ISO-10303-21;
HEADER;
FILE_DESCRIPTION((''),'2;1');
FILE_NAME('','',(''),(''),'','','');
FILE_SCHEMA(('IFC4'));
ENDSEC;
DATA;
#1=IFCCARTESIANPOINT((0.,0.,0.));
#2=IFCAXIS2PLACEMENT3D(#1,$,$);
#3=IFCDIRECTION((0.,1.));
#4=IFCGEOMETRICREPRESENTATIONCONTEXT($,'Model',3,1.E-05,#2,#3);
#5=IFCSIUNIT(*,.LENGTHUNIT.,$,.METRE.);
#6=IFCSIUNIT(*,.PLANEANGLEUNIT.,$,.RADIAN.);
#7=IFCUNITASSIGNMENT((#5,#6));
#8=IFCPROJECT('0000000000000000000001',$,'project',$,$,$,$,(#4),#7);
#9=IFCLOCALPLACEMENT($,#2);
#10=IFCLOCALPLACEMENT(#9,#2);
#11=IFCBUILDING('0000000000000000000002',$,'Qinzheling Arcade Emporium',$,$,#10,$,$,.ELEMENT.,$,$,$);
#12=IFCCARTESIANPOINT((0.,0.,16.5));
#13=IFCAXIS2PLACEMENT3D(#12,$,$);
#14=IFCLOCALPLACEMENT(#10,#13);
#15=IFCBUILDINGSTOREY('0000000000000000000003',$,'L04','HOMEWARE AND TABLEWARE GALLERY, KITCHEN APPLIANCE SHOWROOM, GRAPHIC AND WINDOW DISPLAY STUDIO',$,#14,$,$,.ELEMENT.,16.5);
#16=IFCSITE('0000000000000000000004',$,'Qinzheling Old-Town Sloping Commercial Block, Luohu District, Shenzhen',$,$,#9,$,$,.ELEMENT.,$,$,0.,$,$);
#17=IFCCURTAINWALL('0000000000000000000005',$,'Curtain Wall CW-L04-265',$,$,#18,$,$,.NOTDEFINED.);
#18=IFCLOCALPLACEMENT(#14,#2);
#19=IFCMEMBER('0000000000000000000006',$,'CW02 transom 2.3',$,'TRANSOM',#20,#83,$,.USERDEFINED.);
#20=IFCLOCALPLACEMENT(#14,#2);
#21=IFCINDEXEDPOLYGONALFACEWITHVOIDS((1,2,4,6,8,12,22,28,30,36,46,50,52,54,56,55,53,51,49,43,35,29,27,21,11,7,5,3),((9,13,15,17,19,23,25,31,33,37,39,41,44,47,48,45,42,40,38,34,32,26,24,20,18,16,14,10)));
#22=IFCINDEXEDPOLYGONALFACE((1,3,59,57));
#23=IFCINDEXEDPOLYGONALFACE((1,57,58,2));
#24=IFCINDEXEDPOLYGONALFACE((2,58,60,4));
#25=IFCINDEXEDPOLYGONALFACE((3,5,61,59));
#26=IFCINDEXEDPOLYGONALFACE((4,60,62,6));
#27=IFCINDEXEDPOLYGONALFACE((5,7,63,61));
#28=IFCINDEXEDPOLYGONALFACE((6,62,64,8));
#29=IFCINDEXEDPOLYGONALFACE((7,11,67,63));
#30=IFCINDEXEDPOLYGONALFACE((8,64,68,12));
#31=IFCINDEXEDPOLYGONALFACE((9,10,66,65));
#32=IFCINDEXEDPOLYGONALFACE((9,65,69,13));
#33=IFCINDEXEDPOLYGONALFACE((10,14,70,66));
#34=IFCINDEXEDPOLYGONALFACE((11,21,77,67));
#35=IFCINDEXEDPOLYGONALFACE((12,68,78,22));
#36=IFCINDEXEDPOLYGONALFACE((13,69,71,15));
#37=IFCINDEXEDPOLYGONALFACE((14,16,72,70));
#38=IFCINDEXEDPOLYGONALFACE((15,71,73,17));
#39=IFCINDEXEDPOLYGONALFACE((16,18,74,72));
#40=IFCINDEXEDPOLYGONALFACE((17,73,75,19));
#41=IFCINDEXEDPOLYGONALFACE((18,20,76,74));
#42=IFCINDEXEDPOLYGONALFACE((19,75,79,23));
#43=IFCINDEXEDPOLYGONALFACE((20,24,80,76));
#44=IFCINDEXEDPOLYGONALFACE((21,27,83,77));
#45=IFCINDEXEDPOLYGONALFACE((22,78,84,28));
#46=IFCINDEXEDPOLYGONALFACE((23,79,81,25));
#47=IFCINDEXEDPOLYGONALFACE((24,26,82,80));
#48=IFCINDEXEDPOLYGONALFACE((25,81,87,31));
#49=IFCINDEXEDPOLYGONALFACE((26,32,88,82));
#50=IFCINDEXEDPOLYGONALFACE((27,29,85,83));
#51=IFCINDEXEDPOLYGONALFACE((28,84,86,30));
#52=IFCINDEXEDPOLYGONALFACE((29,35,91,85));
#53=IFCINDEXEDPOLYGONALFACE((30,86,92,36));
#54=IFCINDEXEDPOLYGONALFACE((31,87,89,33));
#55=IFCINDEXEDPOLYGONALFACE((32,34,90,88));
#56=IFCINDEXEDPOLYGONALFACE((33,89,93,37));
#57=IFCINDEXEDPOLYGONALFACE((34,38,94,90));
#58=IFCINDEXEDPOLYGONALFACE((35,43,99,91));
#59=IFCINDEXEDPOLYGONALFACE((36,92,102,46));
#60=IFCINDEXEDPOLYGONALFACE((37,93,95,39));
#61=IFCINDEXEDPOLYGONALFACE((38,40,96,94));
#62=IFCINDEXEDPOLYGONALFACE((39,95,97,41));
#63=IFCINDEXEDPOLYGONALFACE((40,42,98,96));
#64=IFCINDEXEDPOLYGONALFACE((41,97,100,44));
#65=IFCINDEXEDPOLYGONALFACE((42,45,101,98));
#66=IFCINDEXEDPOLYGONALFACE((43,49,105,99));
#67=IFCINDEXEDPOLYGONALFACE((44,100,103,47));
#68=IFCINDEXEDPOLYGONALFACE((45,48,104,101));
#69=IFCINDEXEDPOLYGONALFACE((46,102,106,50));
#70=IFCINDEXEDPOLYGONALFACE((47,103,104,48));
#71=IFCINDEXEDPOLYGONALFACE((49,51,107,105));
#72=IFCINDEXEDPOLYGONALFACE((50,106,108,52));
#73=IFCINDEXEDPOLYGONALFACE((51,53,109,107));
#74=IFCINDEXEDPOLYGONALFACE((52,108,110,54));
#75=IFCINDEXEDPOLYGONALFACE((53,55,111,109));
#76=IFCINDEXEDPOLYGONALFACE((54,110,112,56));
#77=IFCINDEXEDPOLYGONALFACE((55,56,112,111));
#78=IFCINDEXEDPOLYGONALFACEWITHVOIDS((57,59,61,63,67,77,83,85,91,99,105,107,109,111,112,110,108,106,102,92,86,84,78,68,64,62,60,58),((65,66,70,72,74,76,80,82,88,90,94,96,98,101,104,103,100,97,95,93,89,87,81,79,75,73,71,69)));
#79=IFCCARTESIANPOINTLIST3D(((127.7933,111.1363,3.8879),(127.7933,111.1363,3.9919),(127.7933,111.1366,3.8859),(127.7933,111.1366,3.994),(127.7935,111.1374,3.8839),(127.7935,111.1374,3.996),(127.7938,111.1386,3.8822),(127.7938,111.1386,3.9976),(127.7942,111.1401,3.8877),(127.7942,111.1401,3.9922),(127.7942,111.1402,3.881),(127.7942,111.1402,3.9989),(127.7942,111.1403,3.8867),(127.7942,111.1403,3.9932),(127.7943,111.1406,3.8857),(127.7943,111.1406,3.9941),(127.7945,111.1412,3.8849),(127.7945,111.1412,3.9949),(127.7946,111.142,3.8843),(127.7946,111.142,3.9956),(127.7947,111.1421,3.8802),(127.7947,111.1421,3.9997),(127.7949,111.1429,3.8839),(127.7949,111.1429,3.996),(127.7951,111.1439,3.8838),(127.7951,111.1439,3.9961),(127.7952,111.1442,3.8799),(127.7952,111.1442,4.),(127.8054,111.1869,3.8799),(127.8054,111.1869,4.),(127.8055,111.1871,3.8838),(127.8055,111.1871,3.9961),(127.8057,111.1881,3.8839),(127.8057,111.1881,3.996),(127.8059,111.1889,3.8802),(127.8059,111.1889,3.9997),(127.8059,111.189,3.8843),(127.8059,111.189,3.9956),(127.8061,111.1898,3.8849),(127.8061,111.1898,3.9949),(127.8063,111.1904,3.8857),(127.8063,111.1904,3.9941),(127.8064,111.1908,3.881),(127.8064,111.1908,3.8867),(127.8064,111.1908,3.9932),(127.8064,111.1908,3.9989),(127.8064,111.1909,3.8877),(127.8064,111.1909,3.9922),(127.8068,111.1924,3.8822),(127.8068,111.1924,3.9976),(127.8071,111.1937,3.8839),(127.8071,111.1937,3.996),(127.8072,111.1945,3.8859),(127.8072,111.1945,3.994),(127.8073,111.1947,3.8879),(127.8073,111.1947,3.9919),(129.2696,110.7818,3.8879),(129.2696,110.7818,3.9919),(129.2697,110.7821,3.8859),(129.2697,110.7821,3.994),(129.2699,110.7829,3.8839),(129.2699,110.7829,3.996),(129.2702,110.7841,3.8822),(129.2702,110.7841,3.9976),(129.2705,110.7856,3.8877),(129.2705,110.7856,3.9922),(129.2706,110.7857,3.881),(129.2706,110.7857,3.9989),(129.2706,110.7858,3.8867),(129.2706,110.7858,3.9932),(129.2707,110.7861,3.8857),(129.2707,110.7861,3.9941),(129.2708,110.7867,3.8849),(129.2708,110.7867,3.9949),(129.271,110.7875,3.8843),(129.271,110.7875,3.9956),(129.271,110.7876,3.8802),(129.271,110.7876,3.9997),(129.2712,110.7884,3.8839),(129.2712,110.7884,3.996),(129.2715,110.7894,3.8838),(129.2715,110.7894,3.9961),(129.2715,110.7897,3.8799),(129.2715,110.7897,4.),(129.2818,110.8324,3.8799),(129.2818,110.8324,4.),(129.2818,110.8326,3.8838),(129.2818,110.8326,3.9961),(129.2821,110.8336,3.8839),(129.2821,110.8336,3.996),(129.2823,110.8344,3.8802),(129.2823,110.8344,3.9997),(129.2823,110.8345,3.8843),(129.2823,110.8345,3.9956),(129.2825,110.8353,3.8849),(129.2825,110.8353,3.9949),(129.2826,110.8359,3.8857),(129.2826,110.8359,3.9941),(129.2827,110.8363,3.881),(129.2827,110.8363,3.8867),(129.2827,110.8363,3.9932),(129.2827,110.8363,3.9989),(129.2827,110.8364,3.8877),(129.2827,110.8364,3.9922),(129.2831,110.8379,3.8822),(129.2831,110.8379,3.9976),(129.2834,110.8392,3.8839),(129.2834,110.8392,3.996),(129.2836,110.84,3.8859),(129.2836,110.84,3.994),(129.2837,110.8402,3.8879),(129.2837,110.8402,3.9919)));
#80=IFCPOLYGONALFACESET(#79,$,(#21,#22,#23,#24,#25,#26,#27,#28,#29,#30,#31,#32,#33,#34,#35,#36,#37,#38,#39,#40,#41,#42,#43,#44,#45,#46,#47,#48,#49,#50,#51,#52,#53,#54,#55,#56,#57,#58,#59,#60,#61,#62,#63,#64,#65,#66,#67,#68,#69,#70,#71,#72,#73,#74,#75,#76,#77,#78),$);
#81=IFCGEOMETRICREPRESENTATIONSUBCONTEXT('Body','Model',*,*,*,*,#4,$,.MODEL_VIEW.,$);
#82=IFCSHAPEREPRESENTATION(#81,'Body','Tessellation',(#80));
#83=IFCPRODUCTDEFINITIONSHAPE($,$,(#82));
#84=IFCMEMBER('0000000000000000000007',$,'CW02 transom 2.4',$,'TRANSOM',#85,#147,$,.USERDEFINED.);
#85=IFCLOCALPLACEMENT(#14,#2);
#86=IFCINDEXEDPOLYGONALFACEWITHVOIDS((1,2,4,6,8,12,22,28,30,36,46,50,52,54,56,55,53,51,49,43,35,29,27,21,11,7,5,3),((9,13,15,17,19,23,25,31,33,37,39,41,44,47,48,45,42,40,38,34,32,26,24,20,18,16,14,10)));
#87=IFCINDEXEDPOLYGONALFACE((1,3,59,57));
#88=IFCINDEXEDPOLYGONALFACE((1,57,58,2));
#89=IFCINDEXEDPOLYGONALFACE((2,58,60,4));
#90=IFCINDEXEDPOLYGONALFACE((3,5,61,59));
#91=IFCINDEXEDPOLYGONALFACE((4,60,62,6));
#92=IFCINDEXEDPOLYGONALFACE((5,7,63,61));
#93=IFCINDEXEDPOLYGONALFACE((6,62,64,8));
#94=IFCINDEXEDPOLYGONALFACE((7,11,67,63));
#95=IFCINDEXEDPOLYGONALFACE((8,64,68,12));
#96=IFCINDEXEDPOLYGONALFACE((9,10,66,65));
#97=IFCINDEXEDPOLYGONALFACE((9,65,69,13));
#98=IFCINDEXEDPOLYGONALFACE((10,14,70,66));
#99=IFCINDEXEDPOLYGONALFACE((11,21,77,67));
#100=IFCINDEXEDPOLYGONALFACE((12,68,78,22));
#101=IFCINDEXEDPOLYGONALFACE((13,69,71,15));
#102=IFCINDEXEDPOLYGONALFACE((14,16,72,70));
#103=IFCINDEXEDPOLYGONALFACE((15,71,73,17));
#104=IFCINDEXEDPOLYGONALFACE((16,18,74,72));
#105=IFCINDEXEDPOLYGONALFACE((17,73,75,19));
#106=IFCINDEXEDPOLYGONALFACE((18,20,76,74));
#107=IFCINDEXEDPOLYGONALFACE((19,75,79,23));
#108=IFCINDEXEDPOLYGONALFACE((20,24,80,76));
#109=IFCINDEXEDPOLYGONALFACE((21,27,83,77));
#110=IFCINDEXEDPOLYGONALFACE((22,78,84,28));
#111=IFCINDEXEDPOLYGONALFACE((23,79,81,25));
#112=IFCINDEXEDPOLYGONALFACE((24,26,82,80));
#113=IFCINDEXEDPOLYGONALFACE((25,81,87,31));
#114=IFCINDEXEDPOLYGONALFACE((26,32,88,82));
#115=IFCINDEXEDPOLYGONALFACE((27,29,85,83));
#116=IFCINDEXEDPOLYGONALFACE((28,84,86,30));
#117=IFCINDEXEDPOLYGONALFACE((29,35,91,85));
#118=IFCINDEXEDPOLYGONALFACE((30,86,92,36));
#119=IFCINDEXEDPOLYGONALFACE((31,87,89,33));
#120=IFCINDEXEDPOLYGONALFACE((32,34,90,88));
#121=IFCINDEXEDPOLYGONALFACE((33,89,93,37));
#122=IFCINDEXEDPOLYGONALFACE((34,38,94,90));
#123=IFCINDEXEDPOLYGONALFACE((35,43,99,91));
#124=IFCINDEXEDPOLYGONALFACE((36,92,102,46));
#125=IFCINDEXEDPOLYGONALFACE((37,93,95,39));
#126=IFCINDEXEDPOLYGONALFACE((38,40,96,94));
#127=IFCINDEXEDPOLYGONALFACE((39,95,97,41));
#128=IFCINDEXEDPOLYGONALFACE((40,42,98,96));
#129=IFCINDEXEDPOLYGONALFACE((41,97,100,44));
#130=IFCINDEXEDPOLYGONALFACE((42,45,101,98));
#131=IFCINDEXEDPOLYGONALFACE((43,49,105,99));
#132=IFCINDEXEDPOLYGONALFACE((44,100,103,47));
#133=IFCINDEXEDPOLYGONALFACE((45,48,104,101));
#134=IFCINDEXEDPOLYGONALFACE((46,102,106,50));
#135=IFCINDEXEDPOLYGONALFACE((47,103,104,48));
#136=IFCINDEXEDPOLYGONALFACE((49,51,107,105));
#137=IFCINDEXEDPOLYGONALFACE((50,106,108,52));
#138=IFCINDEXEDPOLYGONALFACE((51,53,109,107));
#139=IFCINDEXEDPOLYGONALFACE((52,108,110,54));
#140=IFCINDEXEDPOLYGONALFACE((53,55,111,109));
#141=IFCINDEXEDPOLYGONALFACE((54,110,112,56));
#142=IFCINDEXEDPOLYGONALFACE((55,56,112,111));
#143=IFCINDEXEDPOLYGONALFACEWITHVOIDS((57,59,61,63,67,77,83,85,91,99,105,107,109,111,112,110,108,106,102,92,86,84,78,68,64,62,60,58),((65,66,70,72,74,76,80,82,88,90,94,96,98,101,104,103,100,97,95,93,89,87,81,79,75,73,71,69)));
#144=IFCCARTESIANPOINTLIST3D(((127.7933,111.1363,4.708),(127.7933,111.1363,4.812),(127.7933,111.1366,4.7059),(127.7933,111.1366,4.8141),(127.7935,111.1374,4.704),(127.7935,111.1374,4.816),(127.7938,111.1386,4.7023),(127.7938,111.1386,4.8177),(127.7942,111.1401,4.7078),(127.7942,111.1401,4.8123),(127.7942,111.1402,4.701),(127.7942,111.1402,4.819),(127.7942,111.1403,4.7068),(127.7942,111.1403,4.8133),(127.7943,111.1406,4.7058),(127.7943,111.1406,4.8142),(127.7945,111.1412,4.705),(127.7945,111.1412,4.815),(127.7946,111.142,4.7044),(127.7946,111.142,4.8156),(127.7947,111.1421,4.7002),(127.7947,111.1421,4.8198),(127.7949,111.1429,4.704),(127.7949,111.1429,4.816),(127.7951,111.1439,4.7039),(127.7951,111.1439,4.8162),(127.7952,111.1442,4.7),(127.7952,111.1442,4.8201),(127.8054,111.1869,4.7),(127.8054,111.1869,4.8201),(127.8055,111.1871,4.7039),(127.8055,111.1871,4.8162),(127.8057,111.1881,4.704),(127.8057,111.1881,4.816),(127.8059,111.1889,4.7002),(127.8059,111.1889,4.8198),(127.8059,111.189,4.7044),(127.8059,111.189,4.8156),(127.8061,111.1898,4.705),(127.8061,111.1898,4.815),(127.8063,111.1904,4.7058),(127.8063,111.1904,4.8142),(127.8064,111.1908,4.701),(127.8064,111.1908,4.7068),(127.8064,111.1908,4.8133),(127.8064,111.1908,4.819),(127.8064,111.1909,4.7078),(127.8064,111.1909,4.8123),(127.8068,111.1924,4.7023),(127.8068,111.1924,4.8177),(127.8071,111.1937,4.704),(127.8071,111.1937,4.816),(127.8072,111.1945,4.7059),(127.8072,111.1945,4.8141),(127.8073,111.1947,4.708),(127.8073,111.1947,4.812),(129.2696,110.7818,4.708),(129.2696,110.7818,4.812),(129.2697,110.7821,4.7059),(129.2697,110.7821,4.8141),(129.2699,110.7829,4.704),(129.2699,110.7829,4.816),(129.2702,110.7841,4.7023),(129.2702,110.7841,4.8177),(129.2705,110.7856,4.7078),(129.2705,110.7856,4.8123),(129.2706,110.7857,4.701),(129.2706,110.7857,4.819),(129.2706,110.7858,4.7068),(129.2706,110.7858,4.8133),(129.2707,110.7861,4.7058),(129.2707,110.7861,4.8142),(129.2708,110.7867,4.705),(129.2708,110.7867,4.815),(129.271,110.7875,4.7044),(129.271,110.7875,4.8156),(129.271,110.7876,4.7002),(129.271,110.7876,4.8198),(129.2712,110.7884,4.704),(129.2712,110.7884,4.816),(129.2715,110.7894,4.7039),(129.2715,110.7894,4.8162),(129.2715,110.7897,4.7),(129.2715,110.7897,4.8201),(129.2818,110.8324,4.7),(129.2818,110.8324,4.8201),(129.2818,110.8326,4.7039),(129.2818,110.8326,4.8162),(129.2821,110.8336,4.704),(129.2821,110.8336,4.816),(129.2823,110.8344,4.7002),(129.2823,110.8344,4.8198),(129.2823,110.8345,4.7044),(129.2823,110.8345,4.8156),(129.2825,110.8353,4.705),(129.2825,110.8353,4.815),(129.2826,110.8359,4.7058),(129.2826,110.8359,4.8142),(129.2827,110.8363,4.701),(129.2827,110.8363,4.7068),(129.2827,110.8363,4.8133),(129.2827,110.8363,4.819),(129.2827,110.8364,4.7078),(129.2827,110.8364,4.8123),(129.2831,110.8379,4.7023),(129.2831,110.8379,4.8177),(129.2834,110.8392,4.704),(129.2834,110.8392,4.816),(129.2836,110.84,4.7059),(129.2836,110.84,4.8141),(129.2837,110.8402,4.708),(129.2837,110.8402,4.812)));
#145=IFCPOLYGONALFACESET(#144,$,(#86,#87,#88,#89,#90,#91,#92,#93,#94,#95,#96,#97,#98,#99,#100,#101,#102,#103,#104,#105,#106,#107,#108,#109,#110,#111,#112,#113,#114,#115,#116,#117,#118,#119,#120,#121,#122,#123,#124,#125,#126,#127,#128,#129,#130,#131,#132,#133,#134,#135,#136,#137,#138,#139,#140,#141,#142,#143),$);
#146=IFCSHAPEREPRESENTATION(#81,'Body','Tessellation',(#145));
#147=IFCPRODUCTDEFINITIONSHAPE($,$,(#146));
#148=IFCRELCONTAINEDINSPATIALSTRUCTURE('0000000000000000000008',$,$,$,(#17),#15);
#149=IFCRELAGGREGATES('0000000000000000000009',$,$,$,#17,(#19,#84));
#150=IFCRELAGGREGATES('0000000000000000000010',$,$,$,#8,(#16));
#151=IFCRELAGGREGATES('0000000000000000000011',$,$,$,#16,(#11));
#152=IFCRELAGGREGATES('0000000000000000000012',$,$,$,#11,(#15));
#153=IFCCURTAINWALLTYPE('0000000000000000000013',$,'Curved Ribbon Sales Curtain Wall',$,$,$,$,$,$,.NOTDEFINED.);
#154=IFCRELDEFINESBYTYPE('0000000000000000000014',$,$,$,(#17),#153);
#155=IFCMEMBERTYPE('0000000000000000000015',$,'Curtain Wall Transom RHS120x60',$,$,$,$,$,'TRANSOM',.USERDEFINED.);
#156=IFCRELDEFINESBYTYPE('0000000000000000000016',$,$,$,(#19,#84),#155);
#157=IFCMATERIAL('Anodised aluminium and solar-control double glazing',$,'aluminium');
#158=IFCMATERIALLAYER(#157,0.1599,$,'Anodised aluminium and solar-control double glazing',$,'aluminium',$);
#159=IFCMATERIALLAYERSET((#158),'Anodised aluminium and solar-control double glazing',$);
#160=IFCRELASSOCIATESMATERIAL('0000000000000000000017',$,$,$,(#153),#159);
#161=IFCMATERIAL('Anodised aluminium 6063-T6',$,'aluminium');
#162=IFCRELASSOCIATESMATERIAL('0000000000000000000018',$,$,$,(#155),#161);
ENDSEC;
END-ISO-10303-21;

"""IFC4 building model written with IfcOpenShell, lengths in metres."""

from ifc_helpers import new_model, si_unit, direction, frame, origin, origin_2d, place, context, subcontext, project, spatial, hollow_rectangle, extrude, material, layer, layer_set, material_profile, profile_set, type_object, element, aggregate, save


model = new_model("IFC4")

# Units and contexts
model_context = context("Model", 3, precision=1e-05, world=origin(), true_north=direction((0.0, 1.0)))
body_context = subcontext(model_context, "Body", "Model", "MODEL_VIEW")
ifc_project = project(units=[si_unit("LENGTHUNIT", "METRE"), si_unit("PLANEANGLEUNIT", "RADIAN")], contexts=[model_context])

# Site, building, storey
site_placement = place(None, origin())
site = spatial("IfcSite", under=ifc_project, at=site_placement, Name="Qinzheling Old-Town Sloping Commercial Block, Luohu District, Shenzhen", CompositionType="ELEMENT", RefElevation=0.0)
building_placement = place(site_placement, origin())
building = spatial("IfcBuilding", under=site, at=building_placement, Name="Qinzheling Arcade Emporium", CompositionType="ELEMENT")
storey_placement = place(building_placement, frame((0.0, 0.0, 16.5)))
storey = spatial("IfcBuildingStorey", under=building, at=storey_placement, Name="L04", Description="HOMEWARE AND TABLEWARE GALLERY, KITCHEN APPLIANCE SHOWROOM, GRAPHIC AND WINDOW DISPLAY STUDIO", CompositionType="ELEMENT", Elevation=16.5)

# Shared definitions
ifc_material_1 = material(Name="Anodised aluminium and solar-control double glazing", Category="aluminium")
ifc_material_2 = material(Name="Anodised aluminium 6063-T6", Category="aluminium")

# Curtain wall
ifc_layer_1 = layer(ifc_material_1, 0.1599, Name="Anodised aluminium and solar-control double glazing", Category="aluminium")
ifc_layer_set_1 = layer_set([ifc_layer_1], Name="Anodised aluminium and solar-control double glazing")
curtain_wall_type_1 = type_object("IfcCurtainWallType", Name="Curved Ribbon Sales Curtain Wall", PredefinedType="NOTDEFINED", material=ifc_layer_set_1)
curtain_wall_1_placement = place(storey_placement, origin())
curtain_wall_1 = element("IfcCurtainWall", 1, at=curtain_wall_1_placement, inside=storey, type_object=curtain_wall_type_1, Name="Curtain Wall CW-L04-265", PredefinedType="NOTDEFINED")

# Members
ifc_material_profile_1 = material_profile(ifc_material_2, hollow_rectangle(XDim=0.0601, YDim=0.1201, WallThickness=0.0039, InnerFilletRadius=0.0039, OuterFilletRadius=0.0081, at=origin_2d()), Name="RHS 120x60x4", Category="aluminium")
ifc_profile_set_1 = profile_set([ifc_material_profile_1], Name="Anodised aluminium 6063-T6")
member_type_1 = type_object("IfcMemberType", Name="Curtain Wall Transom RHS120x60", ElementType="TRANSOM", PredefinedType="USERDEFINED", material=ifc_profile_set_1)
member_1_placement = place(storey_placement, frame((127.8003, 111.1655, 3.9399), z_axis=(0.972361, -0.233482, 0.0), x_axis=(0.233482, 0.972361, 0.0)))
member_1 = element("IfcMember", 2, at=member_1_placement, type_object=member_type_1, Name="CW02 transom 2.3", ObjectType="TRANSOM", PredefinedType="USERDEFINED", context=body_context, shape_type="SweptSolid", body=[
    extrude(hollow_rectangle(XDim=0.0601, YDim=0.1201, WallThickness=0.0039, InnerFilletRadius=0.0039, OuterFilletRadius=0.0081, at=origin_2d()), origin(), (0.0, 0.0, 1.0), 1.5183),
])
member_2_placement = place(storey_placement, frame((127.8003, 111.1655, 4.76), z_axis=(0.972361, -0.233482, 0.0), x_axis=(0.233482, 0.972361, 0.0)))
member_2 = element("IfcMember", 3, at=member_2_placement, type_object=member_type_1, Name="CW02 transom 2.4", ObjectType="TRANSOM", PredefinedType="USERDEFINED", context=body_context, shape_type="SweptSolid", body=[
    extrude(hollow_rectangle(XDim=0.0601, YDim=0.1201, WallThickness=0.0039, InnerFilletRadius=0.0039, OuterFilletRadius=0.0081, at=origin_2d()), origin(), (0.0, 0.0, 1.0), 1.5183),
])

aggregate(curtain_wall_1, [member_1, member_2])

save(model, "model.ifc")
